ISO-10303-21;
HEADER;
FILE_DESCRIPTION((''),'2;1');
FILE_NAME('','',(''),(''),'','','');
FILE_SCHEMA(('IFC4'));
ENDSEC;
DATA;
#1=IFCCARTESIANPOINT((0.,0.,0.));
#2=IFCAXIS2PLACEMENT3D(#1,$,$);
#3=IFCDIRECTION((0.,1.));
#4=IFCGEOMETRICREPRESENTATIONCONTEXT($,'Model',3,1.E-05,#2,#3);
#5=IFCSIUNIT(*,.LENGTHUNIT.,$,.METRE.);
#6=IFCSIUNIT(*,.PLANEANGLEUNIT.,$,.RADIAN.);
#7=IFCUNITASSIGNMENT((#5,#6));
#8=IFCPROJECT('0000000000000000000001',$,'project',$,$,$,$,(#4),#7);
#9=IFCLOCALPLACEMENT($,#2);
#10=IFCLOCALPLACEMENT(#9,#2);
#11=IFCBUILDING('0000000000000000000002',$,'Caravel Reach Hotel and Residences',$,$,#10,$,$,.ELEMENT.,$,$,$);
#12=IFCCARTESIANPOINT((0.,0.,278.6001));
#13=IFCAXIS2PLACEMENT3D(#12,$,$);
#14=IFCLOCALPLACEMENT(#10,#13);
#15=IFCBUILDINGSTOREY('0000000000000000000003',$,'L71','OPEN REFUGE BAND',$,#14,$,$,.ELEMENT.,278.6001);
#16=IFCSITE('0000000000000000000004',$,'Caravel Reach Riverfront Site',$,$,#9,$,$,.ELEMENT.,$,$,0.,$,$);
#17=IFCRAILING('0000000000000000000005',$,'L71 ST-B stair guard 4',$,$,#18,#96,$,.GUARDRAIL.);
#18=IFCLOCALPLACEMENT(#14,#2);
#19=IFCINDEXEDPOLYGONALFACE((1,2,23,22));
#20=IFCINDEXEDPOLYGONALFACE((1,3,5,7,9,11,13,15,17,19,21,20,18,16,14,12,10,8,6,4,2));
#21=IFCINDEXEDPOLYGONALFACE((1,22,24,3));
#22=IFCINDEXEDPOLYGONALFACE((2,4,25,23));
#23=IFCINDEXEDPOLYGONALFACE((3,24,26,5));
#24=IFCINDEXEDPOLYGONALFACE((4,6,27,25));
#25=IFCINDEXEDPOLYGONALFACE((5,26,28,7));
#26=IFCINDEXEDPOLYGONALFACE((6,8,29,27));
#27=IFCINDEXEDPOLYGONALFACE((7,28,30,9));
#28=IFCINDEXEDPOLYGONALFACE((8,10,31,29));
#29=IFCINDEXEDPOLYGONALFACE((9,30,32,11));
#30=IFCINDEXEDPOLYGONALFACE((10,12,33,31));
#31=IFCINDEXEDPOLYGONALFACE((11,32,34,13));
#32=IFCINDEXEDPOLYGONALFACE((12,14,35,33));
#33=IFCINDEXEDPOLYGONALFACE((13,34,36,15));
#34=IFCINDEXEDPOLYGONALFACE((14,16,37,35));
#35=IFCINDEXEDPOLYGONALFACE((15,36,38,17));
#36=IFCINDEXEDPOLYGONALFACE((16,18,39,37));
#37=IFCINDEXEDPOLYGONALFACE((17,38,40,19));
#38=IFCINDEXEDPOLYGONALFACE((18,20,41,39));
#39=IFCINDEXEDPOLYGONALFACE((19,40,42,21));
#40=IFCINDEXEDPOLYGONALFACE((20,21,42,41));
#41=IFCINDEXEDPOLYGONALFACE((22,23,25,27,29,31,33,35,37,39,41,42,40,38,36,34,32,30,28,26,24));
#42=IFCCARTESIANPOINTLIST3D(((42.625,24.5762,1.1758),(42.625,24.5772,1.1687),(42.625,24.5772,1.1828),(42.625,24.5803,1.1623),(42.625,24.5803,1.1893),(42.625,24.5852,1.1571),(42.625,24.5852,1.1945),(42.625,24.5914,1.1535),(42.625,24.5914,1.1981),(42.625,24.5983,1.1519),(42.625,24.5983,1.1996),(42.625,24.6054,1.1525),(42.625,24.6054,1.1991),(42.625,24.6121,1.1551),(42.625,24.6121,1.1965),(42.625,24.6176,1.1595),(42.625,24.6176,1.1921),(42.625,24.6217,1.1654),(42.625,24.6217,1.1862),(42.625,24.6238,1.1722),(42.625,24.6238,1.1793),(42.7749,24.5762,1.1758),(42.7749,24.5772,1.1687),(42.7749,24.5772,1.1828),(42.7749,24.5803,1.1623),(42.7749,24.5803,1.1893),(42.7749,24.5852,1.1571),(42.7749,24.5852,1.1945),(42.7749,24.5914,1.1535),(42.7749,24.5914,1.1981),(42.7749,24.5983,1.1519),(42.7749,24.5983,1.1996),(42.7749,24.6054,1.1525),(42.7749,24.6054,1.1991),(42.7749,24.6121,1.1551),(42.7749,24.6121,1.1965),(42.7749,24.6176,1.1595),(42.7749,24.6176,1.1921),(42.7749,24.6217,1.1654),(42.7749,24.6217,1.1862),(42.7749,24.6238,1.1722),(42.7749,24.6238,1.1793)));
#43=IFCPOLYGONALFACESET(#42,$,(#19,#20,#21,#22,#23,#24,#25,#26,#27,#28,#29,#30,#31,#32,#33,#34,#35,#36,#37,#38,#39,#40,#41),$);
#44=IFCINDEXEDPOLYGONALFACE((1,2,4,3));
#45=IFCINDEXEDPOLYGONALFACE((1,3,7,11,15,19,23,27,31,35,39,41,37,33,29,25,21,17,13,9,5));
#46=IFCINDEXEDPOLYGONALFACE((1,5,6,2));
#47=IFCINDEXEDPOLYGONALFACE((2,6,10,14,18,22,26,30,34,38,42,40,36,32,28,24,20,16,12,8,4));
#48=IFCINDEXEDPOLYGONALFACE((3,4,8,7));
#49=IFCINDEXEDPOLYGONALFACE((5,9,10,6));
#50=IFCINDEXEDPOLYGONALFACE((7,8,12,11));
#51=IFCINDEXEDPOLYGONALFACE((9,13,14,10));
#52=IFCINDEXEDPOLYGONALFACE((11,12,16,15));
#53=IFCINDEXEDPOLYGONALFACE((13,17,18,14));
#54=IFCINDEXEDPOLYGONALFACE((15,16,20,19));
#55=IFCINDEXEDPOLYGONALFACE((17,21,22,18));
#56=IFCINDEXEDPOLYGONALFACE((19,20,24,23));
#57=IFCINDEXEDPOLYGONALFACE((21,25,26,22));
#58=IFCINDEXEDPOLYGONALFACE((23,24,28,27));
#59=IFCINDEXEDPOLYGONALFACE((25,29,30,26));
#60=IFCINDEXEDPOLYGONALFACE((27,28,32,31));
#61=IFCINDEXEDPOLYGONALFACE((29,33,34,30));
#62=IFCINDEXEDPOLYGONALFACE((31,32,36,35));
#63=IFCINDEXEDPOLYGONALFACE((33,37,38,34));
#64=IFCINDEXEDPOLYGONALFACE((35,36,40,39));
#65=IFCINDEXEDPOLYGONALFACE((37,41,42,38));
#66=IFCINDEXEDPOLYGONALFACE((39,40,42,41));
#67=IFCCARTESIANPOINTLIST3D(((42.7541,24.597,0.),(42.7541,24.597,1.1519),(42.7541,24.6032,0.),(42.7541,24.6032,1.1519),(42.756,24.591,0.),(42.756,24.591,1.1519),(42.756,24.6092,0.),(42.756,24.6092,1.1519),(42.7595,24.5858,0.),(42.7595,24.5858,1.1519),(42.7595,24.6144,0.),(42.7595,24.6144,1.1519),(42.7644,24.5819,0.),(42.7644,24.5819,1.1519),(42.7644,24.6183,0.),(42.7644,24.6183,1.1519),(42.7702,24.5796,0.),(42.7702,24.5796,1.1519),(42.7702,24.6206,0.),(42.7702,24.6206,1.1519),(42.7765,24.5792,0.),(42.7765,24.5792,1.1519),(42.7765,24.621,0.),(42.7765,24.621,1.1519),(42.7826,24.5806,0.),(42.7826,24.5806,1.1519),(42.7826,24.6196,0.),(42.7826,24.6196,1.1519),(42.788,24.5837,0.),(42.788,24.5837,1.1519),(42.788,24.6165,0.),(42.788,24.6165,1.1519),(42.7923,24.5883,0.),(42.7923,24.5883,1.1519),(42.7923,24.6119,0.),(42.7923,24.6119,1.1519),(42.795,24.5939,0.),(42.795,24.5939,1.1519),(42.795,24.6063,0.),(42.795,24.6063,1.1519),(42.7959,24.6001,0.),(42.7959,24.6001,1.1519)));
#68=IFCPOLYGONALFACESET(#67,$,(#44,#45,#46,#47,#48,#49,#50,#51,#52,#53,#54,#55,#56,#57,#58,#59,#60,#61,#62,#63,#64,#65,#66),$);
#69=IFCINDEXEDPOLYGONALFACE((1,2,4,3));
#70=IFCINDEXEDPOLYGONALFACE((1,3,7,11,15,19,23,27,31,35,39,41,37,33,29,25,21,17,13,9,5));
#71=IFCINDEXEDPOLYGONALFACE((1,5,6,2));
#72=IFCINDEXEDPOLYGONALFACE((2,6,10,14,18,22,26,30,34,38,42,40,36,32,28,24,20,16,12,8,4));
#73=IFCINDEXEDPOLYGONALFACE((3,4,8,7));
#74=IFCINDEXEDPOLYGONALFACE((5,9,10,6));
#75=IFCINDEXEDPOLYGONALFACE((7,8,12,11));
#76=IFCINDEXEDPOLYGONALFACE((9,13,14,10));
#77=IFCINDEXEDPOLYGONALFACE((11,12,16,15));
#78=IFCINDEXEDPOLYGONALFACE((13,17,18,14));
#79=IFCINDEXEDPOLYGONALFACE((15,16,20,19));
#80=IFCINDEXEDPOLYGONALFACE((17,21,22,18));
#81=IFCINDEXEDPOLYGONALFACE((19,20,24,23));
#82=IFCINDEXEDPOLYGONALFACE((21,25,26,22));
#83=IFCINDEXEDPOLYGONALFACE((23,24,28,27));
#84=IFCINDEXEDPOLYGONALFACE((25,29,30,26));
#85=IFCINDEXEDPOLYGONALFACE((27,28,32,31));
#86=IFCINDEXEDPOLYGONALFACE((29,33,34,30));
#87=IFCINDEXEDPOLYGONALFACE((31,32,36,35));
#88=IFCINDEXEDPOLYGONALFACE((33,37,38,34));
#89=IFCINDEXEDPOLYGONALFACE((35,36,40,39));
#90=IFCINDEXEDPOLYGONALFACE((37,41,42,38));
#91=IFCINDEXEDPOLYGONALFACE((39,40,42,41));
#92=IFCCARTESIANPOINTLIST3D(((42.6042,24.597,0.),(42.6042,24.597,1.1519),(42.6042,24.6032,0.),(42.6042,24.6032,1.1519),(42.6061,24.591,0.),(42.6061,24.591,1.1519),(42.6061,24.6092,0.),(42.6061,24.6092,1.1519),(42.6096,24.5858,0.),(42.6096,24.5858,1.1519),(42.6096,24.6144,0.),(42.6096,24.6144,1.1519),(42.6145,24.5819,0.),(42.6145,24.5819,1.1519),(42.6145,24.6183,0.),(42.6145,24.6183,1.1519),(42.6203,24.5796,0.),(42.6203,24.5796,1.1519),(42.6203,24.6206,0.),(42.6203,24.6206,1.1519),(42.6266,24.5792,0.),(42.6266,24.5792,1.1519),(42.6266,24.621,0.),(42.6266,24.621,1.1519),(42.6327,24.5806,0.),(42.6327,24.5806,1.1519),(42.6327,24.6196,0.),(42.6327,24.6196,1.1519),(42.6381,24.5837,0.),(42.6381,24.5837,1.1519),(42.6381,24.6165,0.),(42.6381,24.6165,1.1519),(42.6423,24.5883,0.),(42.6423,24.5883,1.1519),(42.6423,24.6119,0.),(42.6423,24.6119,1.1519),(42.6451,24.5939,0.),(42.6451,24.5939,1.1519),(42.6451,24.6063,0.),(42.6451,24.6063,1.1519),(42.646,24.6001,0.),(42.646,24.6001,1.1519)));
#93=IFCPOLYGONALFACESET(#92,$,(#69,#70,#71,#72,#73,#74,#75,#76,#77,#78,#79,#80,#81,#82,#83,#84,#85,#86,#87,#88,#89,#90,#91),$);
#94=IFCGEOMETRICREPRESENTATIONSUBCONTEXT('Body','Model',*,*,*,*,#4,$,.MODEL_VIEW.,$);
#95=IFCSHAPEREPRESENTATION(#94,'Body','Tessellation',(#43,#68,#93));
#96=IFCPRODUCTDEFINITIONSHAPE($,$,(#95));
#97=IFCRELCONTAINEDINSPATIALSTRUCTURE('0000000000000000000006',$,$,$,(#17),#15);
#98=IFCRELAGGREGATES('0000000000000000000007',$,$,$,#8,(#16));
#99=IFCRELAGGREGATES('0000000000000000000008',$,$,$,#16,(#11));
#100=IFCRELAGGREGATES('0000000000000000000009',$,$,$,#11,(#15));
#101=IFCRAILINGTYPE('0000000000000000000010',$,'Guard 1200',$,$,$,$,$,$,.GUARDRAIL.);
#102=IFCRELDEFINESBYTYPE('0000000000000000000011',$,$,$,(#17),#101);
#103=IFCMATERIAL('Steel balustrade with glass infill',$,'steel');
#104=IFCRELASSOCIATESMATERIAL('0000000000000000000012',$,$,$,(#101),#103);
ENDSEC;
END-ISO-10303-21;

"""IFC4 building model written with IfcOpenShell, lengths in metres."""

from ifc_helpers import new_model, si_unit, direction, frame, origin, origin_2d, place, context, subcontext, project, spatial, circle, extrude, material, type_object, element, save


model = new_model("IFC4")

# Units and contexts
model_context = context("Model", 3, precision=1e-05, world=origin(), true_north=direction((0.0, 1.0)))
body_context = subcontext(model_context, "Body", "Model", "MODEL_VIEW")
ifc_project = project(units=[si_unit("LENGTHUNIT", "METRE"), si_unit("PLANEANGLEUNIT", "RADIAN")], contexts=[model_context])

# Site, building, storey
site_placement = place(None, origin())
site = spatial("IfcSite", under=ifc_project, at=site_placement, Name="Caravel Reach Riverfront Site", CompositionType="ELEMENT", RefElevation=0.0)
building_placement = place(site_placement, origin())
building = spatial("IfcBuilding", under=site, at=building_placement, Name="Caravel Reach Hotel and Residences", CompositionType="ELEMENT")
storey_placement = place(building_placement, frame((0.0, 0.0, 278.6001)))
storey = spatial("IfcBuildingStorey", under=building, at=storey_placement, Name="L71", Description="OPEN REFUGE BAND", CompositionType="ELEMENT", Elevation=278.6001)

# Railing
ifc_material_1 = material(Name="Steel balustrade with glass infill", Category="steel")
railing_type = type_object("IfcRailingType", Name="Guard 1200", PredefinedType="GUARDRAIL", material=ifc_material_1)
railing_1_placement = place(storey_placement, frame((42.7749, 24.6001, 0.0)))
element("IfcRailing", 1, at=railing_1_placement, inside=storey, type_object=railing_type, Name="L71 ST-B stair guard 4", PredefinedType="GUARDRAIL", context=body_context, shape_type="SweptSolid", body=[
    extrude(circle(Radius=0.0239, at=origin_2d()), frame((0.0, 0.0, 1.1758), z_axis=(-1.0, 0.0, 0.0), x_axis=(0.0, -1.0, 0.0)), (0.0, 0.0, 1.0), 0.1499),
    extrude(circle(Radius=0.021, at=origin_2d()), origin(), (0.0, 0.0, 1.0), 1.1519),
    extrude(circle(Radius=0.021, at=origin_2d()), frame((-0.1499, 0.0, 0.0)), (0.0, 0.0, 1.0), 1.1519),
])

save(model, "model.ifc")
